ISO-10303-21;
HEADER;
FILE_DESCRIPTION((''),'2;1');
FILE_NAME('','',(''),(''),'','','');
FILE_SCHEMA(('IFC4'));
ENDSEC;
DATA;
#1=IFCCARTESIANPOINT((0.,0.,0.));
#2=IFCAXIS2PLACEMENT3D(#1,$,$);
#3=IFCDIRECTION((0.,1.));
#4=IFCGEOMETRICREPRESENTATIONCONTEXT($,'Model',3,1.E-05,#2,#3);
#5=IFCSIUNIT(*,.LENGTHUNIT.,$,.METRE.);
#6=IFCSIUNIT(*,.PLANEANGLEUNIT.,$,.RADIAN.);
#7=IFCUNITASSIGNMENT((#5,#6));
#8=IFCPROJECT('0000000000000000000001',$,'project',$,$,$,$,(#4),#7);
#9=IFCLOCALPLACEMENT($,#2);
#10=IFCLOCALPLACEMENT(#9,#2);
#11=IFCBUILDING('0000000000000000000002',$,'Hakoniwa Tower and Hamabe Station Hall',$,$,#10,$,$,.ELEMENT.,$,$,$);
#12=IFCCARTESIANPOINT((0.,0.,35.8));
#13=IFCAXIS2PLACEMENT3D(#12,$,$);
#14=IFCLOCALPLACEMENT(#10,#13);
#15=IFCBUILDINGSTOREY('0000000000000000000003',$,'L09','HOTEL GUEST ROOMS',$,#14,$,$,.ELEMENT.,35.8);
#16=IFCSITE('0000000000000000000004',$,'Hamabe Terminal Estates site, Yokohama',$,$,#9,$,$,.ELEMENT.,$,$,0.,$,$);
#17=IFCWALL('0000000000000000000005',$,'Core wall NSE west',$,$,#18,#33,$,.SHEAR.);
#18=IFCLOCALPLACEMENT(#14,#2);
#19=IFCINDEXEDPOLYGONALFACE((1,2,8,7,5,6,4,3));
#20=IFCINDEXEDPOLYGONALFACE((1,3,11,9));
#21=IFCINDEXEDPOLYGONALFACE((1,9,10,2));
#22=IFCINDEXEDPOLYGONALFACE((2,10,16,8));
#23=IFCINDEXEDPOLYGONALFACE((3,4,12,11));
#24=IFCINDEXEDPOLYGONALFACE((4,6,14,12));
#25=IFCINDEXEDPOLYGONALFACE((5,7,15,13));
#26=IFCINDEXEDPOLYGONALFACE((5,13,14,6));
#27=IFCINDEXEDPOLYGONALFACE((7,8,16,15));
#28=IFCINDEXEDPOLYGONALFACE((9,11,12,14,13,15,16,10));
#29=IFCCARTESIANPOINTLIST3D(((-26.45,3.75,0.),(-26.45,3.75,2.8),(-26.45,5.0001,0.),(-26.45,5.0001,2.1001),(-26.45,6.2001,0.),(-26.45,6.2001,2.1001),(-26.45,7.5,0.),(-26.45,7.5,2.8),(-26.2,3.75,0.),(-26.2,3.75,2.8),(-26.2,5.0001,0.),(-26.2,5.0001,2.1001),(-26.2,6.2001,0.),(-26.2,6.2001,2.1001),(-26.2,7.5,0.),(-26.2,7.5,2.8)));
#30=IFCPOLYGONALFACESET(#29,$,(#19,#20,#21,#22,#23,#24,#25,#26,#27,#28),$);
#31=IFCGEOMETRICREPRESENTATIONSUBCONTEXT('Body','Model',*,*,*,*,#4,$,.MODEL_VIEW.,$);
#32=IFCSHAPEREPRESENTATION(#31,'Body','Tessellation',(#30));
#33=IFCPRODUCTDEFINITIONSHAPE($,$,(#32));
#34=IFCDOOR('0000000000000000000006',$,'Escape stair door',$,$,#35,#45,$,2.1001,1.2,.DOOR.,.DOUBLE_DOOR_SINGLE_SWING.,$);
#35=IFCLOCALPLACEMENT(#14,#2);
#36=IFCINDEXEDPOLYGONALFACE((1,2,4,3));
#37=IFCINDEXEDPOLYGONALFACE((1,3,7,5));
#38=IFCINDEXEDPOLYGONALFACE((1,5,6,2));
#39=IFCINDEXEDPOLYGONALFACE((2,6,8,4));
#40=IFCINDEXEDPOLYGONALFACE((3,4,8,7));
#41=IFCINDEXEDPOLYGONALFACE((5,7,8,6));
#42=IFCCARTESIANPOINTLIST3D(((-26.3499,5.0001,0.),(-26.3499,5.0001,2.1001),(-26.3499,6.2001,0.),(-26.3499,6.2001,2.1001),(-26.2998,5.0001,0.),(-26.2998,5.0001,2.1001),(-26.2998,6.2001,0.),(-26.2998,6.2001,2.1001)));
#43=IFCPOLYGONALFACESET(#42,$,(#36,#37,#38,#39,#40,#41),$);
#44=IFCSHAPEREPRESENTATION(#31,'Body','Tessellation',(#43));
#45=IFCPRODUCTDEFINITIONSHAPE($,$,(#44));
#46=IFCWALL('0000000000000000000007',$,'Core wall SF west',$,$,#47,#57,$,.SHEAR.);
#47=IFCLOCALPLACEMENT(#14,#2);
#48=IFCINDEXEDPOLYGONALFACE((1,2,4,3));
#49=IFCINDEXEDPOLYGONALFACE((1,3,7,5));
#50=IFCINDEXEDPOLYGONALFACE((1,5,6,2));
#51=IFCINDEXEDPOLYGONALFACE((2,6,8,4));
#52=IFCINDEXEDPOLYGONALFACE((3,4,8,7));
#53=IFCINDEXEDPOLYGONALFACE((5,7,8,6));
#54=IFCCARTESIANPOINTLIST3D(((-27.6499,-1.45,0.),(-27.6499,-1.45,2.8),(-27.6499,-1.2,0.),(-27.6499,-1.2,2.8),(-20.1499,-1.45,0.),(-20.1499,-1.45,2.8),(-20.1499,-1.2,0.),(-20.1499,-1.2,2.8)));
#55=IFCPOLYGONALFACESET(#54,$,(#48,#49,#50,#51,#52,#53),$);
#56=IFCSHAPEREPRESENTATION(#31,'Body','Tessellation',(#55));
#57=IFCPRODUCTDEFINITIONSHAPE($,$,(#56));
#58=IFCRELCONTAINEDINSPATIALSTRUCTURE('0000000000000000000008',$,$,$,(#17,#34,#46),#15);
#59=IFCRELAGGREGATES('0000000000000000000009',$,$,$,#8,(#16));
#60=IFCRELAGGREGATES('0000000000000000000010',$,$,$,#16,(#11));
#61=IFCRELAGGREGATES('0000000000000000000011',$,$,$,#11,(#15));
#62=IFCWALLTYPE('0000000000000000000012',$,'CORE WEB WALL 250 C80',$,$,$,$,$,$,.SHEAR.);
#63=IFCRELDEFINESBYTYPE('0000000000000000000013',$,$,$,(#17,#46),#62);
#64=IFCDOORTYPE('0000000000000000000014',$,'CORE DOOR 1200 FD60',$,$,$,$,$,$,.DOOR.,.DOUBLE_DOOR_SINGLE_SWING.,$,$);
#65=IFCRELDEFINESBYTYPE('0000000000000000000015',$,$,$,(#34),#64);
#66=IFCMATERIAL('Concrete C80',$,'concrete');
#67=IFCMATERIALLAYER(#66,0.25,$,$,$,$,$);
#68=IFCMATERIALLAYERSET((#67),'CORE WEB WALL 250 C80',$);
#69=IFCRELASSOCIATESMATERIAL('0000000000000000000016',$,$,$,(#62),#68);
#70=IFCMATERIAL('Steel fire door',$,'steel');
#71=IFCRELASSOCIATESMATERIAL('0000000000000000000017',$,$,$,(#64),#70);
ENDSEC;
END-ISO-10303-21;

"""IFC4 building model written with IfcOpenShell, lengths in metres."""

from ifc_helpers import new_model, si_unit, direction, frame, frame_2d, origin, place, context, subcontext, project, spatial, rectangle, extrude, material, layer, layer_set, type_object, element, fill, save


model = new_model("IFC4")

# Units and contexts
model_context = context("Model", 3, precision=1e-05, world=origin(), true_north=direction((0.0, 1.0)))
body_context = subcontext(model_context, "Body", "Model", "MODEL_VIEW")
ifc_project = project(units=[si_unit("LENGTHUNIT", "METRE"), si_unit("PLANEANGLEUNIT", "RADIAN")], contexts=[model_context])

# Site, building, storey
site_placement = place(None, origin())
site = spatial("IfcSite", under=ifc_project, at=site_placement, Name="Hamabe Terminal Estates site, Yokohama", CompositionType="ELEMENT", RefElevation=0.0)
building_placement = place(site_placement, origin())
building = spatial("IfcBuilding", under=site, at=building_placement, Name="Hakoniwa Tower and Hamabe Station Hall", CompositionType="ELEMENT")
storey_placement = place(building_placement, frame((0.0, 0.0, 35.8)))
storey = spatial("IfcBuildingStorey", under=building, at=storey_placement, Name="L09", Description="HOTEL GUEST ROOMS", CompositionType="ELEMENT", Elevation=35.8)

# Shared definitions
ifc_material_1 = material(Name="Concrete C80", Category="concrete")
ifc_layer_1 = layer(ifc_material_1, 0.25)
ifc_layer_set_1 = layer_set([ifc_layer_1], Name="CORE WEB WALL 250 C80")
wall_type_1 = type_object("IfcWallType", Name="CORE WEB WALL 250 C80", PredefinedType="SHEAR", material=ifc_layer_set_1)

# Wall, opening, door
wall_1_placement = place(storey_placement, frame((-26.325, 3.75, 0.0), z_axis=(0.0, 0.0, 1.0), x_axis=(0.0, 1.0, 0.0)))
wall_1 = element("IfcWall", 1, at=wall_1_placement, inside=storey, type_object=wall_type_1, Name="Core wall NSE west", PredefinedType="SHEAR", context=body_context, shape_type="SweptSolid", body=[
    extrude(rectangle(XDim=3.75, YDim=0.25, at=frame_2d((1.875, 0.0))), origin(), (0.0, 0.0, 1.0), 2.8),
])
opening_1_placement = place(wall_1_placement, frame((1.25, 0.0, 0.0)))
opening_1 = element("IfcOpeningElement", 2, at=opening_1_placement, cuts=wall_1, PredefinedType="OPENING", context=body_context, shape_type="SweptSolid", body=[
    extrude(rectangle(XDim=1.2, YDim=2.1001, at=frame_2d((0.6001, 1.05))), frame((0.0, 0.135, 0.0), z_axis=(0.0, -1.0, 0.0), x_axis=(1.0, 0.0, 0.0)), (0.0, 0.0, 1.0), 0.27),
])
ifc_material_2 = material(Name="Steel fire door", Category="steel")
door_type_1 = type_object("IfcDoorType", Name="CORE DOOR 1200 FD60", OperationType="DOUBLE_DOOR_SINGLE_SWING", PredefinedType="DOOR", material=ifc_material_2)
door_1_placement = place(opening_1_placement, origin())
door_1 = element("IfcDoor", 3, at=door_1_placement, inside=storey, type_object=door_type_1, Name="Escape stair door", OperationType="DOUBLE_DOOR_SINGLE_SWING", OverallHeight=2.1001, OverallWidth=1.2, PredefinedType="DOOR", context=body_context, shape_type="SweptSolid", body=[
    extrude(rectangle(XDim=1.2, YDim=2.1001, at=frame_2d((0.6001, 1.05))), frame((0.0, 0.0249, 0.0), z_axis=(0.0, -1.0, 0.0), x_axis=(1.0, 0.0, 0.0)), (0.0, 0.0, 1.0), 0.05),
])
fill(opening_1, door_1)

# Wall
wall_2_placement = place(storey_placement, frame((-27.6499, -1.325, 0.0), z_axis=(0.0, 0.0, 1.0), x_axis=(1.0, 0.0, 0.0)))
element("IfcWall", 4, at=wall_2_placement, inside=storey, type_object=wall_type_1, Name="Core wall SF west", PredefinedType="SHEAR", context=body_context, shape_type="SweptSolid", body=[
    extrude(rectangle(XDim=7.5, YDim=0.25, at=frame_2d((3.75, 0.0))), origin(), (0.0, 0.0, 1.0), 2.8),
])

save(model, "model.ifc")
